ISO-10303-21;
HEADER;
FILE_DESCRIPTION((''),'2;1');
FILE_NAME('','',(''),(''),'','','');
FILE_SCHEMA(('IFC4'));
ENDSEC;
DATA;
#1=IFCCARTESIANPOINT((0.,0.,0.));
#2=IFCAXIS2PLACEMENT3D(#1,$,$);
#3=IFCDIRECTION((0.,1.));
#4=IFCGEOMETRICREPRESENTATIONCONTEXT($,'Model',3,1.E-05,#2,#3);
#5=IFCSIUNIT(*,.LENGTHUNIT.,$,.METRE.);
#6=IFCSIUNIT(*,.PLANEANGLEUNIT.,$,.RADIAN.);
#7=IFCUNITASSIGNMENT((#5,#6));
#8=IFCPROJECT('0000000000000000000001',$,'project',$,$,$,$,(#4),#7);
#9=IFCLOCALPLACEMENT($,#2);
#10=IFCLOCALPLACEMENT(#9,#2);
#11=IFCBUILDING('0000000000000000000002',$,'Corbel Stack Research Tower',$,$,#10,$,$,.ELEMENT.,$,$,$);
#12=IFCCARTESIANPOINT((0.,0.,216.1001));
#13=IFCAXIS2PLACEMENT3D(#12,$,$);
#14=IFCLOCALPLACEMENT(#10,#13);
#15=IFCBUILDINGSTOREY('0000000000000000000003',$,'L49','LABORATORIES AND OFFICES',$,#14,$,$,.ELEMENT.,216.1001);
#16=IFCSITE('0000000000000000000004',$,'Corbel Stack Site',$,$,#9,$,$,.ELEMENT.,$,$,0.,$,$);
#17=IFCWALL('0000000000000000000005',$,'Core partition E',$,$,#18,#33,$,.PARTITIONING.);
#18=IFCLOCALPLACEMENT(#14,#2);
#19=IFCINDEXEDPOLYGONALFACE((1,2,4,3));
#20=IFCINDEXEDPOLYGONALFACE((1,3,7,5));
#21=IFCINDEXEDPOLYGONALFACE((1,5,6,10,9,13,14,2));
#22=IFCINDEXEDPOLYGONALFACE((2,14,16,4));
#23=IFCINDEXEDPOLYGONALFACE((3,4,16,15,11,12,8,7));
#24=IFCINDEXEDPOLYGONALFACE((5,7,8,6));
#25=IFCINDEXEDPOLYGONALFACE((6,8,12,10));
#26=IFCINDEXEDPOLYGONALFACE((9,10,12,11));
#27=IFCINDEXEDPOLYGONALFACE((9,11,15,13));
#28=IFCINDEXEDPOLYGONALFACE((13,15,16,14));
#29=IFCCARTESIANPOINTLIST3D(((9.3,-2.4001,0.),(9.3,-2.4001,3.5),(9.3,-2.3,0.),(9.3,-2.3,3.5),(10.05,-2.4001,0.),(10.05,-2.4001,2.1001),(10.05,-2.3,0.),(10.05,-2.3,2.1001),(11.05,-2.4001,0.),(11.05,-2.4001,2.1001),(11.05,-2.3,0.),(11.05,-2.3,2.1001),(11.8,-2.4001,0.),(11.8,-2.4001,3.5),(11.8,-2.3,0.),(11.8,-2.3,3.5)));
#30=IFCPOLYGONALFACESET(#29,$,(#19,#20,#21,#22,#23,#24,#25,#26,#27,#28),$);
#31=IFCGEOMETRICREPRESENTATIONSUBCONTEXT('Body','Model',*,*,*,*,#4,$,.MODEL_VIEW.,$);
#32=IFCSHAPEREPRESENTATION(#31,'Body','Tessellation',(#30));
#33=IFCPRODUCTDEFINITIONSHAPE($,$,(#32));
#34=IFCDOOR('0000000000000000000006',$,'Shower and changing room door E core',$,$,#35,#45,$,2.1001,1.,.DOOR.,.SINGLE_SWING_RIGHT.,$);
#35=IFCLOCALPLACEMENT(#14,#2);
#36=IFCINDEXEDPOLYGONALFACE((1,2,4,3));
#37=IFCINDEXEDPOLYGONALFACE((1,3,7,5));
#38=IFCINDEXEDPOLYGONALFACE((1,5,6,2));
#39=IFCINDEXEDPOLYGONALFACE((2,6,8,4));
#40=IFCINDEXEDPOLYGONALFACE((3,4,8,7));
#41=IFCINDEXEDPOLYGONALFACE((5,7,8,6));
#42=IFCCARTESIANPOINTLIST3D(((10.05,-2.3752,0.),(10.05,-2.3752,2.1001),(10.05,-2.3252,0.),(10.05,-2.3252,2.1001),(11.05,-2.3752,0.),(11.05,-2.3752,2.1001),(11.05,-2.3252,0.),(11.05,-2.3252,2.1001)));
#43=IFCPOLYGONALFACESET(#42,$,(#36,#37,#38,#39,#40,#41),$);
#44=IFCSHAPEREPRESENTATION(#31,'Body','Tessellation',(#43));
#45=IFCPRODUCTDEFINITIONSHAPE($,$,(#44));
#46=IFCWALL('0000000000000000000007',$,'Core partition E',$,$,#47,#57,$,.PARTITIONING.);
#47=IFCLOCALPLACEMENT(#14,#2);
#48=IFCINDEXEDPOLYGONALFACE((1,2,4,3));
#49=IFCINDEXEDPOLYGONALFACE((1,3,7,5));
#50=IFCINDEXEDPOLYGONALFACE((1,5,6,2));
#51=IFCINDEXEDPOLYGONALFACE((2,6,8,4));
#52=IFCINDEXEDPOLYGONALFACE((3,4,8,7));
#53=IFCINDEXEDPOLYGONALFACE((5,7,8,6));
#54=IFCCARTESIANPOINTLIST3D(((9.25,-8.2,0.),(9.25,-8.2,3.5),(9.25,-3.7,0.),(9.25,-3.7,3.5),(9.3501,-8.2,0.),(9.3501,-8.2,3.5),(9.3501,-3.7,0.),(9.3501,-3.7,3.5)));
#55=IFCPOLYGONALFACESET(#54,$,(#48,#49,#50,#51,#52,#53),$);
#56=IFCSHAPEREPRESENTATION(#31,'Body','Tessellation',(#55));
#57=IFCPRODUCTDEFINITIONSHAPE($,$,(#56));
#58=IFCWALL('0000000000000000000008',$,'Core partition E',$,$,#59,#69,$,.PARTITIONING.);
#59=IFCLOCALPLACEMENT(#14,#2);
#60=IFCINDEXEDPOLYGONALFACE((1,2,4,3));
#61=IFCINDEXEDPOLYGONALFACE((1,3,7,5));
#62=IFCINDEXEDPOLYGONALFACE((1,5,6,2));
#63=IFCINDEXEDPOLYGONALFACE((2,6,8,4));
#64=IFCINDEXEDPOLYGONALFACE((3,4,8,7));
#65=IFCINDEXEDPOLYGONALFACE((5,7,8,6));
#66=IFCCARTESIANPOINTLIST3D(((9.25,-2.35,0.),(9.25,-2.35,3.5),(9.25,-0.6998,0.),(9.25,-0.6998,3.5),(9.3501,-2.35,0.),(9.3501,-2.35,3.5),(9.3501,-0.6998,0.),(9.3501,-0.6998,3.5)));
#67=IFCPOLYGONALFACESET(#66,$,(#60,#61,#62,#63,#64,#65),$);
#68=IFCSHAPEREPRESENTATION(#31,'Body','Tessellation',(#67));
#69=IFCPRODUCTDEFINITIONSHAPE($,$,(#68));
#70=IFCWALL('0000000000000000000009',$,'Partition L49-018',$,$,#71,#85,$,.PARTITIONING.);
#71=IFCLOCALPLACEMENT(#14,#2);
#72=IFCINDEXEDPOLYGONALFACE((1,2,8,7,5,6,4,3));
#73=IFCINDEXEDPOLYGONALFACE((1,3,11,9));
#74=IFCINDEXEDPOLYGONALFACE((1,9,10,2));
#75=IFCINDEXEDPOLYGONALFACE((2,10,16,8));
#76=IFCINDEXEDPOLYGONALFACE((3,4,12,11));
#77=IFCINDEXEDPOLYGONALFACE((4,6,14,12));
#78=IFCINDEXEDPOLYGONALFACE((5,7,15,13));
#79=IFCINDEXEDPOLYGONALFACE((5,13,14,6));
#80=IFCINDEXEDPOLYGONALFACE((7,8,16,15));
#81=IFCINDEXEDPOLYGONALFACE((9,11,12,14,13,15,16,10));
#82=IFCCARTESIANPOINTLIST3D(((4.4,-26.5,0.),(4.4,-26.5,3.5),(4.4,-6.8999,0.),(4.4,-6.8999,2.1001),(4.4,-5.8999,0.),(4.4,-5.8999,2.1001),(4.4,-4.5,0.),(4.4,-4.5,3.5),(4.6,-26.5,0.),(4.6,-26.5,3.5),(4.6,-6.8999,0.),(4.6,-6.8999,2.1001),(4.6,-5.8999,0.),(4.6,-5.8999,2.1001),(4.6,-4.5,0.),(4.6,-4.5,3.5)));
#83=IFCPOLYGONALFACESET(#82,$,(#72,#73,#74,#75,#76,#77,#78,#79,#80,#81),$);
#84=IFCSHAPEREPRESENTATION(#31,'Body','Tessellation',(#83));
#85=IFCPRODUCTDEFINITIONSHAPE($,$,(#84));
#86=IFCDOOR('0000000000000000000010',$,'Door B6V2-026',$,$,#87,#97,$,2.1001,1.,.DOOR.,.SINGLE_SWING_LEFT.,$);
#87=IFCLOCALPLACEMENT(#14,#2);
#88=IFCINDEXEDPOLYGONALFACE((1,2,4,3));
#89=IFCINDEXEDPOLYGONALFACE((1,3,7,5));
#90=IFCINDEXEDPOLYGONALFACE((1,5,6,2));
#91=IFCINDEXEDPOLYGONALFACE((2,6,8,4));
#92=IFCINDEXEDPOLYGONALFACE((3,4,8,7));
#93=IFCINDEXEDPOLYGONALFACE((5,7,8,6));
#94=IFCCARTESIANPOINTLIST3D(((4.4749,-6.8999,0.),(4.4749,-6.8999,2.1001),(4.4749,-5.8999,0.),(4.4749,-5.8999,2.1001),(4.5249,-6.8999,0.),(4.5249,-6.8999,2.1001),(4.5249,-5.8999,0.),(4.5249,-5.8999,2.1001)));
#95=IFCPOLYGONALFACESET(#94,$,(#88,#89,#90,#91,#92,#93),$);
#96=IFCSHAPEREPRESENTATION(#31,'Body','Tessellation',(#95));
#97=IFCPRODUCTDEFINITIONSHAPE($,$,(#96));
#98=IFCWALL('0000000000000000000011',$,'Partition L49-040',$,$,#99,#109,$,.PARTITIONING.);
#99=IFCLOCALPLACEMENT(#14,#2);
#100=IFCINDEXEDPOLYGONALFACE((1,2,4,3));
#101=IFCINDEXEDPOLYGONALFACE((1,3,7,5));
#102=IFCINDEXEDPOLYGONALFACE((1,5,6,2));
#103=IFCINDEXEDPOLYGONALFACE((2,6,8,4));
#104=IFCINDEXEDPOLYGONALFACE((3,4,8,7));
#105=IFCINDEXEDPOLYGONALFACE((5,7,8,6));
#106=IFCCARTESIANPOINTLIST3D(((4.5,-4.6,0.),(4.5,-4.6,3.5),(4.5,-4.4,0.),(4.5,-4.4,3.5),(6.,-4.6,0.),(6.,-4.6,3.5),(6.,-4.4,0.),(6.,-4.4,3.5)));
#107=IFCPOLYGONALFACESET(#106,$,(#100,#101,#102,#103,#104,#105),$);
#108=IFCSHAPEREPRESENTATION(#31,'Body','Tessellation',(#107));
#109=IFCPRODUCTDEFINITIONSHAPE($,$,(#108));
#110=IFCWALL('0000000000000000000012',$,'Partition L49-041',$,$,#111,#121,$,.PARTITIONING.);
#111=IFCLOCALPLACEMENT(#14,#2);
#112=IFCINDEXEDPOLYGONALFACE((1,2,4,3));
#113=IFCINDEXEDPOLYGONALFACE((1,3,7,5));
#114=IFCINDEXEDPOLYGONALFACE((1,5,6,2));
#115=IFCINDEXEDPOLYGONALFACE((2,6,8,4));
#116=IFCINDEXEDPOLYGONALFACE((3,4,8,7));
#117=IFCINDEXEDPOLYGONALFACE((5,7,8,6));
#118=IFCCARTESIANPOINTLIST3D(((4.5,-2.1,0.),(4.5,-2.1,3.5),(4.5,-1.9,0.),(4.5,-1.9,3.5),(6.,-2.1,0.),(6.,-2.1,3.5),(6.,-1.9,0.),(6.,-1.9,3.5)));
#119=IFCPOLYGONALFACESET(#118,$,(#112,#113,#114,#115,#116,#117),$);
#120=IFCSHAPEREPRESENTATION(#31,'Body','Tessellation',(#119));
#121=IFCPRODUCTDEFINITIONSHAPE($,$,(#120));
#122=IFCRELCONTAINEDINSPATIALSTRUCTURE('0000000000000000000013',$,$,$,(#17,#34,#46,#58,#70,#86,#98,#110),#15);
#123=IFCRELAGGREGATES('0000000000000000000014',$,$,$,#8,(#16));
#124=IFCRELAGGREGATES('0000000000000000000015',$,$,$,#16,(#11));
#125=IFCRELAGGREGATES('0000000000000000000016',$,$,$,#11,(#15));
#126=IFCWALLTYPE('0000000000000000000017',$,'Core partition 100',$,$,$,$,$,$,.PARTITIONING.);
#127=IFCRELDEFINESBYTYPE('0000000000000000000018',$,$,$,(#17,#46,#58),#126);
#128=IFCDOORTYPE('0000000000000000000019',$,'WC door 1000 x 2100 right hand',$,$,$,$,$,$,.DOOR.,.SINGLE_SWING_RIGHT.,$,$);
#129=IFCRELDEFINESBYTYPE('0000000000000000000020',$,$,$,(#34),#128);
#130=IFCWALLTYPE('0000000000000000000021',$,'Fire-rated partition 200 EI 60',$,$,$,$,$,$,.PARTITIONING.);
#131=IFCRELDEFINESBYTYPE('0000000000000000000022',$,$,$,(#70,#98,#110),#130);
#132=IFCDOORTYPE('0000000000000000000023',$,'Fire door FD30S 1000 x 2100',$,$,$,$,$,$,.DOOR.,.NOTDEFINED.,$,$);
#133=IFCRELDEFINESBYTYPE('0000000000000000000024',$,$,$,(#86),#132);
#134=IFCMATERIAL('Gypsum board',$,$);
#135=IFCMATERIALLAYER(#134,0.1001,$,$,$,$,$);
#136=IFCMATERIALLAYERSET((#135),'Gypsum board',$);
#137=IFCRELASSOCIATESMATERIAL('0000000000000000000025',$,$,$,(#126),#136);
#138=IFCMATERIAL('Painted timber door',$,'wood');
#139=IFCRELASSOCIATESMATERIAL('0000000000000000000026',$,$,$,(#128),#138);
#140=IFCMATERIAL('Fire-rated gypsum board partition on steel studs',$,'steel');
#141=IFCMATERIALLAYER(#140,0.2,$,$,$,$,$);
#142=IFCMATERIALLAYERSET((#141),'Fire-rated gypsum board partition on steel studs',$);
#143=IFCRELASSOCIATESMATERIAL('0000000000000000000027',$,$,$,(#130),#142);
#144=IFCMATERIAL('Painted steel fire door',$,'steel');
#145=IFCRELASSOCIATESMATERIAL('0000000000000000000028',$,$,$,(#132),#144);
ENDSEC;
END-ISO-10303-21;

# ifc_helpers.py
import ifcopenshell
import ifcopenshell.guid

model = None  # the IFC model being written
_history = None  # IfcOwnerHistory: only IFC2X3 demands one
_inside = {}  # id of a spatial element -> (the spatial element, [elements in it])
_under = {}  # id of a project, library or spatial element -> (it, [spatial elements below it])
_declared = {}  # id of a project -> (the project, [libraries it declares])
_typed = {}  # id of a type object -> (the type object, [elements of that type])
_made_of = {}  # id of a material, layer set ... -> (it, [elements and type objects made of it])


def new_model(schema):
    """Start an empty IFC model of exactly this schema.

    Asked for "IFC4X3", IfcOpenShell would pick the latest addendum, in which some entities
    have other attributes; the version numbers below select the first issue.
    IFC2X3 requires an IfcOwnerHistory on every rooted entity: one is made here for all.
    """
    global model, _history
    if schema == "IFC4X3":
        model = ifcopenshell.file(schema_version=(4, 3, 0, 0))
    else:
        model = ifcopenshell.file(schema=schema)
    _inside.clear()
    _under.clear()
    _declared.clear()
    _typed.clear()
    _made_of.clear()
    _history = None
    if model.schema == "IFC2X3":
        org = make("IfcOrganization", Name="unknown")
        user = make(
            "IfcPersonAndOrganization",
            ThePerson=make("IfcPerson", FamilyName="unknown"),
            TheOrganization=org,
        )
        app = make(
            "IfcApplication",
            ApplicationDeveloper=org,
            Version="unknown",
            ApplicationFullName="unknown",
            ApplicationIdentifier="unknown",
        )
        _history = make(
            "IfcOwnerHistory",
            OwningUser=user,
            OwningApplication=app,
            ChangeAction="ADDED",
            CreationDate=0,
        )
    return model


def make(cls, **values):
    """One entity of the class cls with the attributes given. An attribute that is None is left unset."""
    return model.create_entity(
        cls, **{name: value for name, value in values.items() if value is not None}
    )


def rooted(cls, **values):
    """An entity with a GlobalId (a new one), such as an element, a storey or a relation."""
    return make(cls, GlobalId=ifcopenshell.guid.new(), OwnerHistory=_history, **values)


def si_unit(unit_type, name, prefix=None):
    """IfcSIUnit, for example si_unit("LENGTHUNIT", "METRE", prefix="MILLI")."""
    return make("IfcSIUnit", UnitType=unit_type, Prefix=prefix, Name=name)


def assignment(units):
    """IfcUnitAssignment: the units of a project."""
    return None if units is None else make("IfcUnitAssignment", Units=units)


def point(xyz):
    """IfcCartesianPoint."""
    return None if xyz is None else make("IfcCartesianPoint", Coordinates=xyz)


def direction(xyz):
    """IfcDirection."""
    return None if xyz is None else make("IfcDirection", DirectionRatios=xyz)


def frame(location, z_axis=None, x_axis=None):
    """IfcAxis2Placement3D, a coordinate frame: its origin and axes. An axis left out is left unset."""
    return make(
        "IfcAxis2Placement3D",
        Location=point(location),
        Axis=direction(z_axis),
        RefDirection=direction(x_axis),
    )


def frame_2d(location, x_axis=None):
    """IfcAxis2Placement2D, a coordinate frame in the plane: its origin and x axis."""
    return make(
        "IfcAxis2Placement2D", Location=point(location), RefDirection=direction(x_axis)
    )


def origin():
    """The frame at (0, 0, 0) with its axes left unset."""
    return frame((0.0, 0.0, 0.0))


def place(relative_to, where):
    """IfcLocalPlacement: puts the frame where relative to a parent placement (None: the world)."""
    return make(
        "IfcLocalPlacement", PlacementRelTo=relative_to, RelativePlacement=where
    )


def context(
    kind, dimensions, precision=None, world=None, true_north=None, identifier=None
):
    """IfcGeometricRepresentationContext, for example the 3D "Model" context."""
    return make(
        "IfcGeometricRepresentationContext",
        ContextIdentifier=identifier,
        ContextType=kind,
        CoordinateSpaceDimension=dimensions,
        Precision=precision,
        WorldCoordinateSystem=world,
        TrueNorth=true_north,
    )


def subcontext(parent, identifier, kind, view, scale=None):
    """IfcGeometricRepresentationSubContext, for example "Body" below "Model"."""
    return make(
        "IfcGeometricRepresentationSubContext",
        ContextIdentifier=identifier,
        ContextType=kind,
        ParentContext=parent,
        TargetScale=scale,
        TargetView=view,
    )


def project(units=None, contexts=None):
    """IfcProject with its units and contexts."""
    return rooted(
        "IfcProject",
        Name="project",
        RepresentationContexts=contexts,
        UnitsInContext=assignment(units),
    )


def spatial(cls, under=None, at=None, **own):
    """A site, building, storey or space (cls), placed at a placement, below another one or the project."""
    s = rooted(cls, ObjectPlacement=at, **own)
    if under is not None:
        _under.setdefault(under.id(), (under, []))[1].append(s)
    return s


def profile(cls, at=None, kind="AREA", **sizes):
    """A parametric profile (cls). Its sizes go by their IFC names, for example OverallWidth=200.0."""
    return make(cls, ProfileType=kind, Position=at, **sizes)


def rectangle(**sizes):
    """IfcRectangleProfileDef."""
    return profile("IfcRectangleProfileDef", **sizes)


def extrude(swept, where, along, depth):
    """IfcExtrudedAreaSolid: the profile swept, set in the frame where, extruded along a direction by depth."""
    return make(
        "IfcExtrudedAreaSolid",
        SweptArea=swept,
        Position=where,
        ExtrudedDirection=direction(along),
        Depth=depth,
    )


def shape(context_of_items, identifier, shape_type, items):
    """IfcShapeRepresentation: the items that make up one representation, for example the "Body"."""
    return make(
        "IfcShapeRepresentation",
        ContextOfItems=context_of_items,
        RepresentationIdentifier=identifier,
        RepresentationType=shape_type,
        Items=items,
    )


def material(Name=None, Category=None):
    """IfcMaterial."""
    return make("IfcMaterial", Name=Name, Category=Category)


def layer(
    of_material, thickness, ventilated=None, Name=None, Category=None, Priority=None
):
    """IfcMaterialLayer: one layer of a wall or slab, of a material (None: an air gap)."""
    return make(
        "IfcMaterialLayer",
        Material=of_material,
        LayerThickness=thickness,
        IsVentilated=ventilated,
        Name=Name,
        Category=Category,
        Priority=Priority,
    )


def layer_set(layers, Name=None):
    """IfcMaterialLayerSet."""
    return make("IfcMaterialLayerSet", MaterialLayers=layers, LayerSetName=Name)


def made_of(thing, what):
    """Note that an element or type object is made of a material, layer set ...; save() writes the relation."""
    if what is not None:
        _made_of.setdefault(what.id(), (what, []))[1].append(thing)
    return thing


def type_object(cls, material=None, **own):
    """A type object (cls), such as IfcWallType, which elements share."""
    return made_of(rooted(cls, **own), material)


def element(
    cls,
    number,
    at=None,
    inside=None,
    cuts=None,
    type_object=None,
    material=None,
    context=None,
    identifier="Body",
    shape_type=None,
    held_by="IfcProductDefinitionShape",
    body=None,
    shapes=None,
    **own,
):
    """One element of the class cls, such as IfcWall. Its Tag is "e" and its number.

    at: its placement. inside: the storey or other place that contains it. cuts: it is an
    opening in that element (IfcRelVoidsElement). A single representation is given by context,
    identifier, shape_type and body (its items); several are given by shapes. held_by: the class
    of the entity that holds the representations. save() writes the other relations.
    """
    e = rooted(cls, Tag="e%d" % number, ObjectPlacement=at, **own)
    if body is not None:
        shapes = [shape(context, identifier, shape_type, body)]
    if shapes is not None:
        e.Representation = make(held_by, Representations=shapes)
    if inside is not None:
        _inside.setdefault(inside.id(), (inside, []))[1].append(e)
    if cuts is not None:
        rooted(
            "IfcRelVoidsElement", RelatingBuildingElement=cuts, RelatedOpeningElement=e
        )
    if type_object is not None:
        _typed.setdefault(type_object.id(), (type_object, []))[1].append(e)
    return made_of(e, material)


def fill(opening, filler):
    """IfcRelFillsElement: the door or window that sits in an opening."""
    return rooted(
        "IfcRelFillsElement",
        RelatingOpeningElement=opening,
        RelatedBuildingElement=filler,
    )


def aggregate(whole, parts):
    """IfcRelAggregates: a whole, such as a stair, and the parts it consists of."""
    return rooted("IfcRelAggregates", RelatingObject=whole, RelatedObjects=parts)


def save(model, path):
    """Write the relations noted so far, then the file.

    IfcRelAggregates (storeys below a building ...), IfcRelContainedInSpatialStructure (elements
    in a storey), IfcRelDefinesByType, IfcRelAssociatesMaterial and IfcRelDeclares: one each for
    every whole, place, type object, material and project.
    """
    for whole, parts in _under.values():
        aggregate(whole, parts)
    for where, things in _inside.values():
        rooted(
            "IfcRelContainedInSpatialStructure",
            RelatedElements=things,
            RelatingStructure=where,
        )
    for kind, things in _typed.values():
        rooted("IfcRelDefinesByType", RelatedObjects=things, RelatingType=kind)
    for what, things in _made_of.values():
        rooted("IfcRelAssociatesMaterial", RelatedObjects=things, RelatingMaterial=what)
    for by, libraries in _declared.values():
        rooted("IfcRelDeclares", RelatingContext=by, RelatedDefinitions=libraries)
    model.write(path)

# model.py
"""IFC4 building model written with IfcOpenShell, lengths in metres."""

from ifc_helpers import new_model, si_unit, direction, frame, frame_2d, origin, place, context, subcontext, project, spatial, rectangle, extrude, material, layer, layer_set, type_object, element, fill, save


model = new_model("IFC4")

# Units and contexts
model_context = context("Model", 3, precision=1e-05, world=origin(), true_north=direction((0.0, 1.0)))
body_context = subcontext(model_context, "Body", "Model", "MODEL_VIEW")
ifc_project = project(units=[si_unit("LENGTHUNIT", "METRE"), si_unit("PLANEANGLEUNIT", "RADIAN")], contexts=[model_context])

# Site, building, storey
site_placement = place(None, origin())
site = spatial("IfcSite", under=ifc_project, at=site_placement, Name="Corbel Stack Site", CompositionType="ELEMENT", RefElevation=0.0)
building_placement = place(site_placement, origin())
building = spatial("IfcBuilding", under=site, at=building_placement, Name="Corbel Stack Research Tower", CompositionType="ELEMENT")
storey_placement = place(building_placement, frame((0.0, 0.0, 216.1001)))
storey = spatial("IfcBuildingStorey", under=building, at=storey_placement, Name="L49", Description="LABORATORIES AND OFFICES", CompositionType="ELEMENT", Elevation=216.1001)

# Wall, opening, door
ifc_material_1 = material(Name="Gypsum board")
ifc_layer_1 = layer(ifc_material_1, 0.1001)
ifc_layer_set_1 = layer_set([ifc_layer_1], Name="Gypsum board")
wall_type_1 = type_object("IfcWallType", Name="Core partition 100", PredefinedType="PARTITIONING", material=ifc_layer_set_1)
ifc_material_2 = material(Name="Painted timber door", Category="wood")
door_type_1 = type_object("IfcDoorType", Name="WC door 1000 x 2100 right hand", OperationType="SINGLE_SWING_RIGHT", PredefinedType="DOOR", material=ifc_material_2)
wall_1_placement = place(storey_placement, frame((9.3, -2.3501, 0.0), z_axis=(0.0, 0.0, 1.0), x_axis=(1.0, 0.0, 0.0)))
wall_1 = element("IfcWall", 1, at=wall_1_placement, inside=storey, type_object=wall_type_1, Name="Core partition E", PredefinedType="PARTITIONING", context=body_context, shape_type="SweptSolid", body=[
    extrude(rectangle(XDim=2.5, YDim=0.1001, at=frame_2d((1.25, 0.0))), origin(), (0.0, 0.0, 1.0), 3.5),
])
opening_1_placement = place(wall_1_placement, frame((0.75, 0.0, 0.0)))
opening_1 = element("IfcOpeningElement", 2, at=opening_1_placement, cuts=wall_1, PredefinedType="OPENING", context=body_context, shape_type="SweptSolid", body=[
    extrude(rectangle(XDim=1.0, YDim=2.1001, at=frame_2d((0.5, 1.05))), frame((0.0, 0.0601, 0.0), z_axis=(0.0, -1.0, 0.0), x_axis=(1.0, 0.0, 0.0)), (0.0, 0.0, 1.0), 0.1201),
])
door_1_placement = place(opening_1_placement, origin())
door_1 = element("IfcDoor", 3, at=door_1_placement, inside=storey, type_object=door_type_1, Name="Shower and changing room door E core", OperationType="SINGLE_SWING_RIGHT", OverallHeight=2.1001, OverallWidth=1.0, PredefinedType="DOOR", context=body_context, shape_type="SweptSolid", body=[
    extrude(rectangle(XDim=1.0, YDim=2.1001, at=frame_2d((0.5, 1.05))), frame((0.0, 0.0249, 0.0), z_axis=(0.0, -1.0, 0.0), x_axis=(1.0, 0.0, 0.0)), (0.0, 0.0, 1.0), 0.05),
])
fill(opening_1, door_1)

# Walls
wall_2_placement = place(storey_placement, frame((9.3, -8.2, 0.0), z_axis=(0.0, 0.0, 1.0), x_axis=(0.0, 1.0, 0.0)))
element("IfcWall", 4, at=wall_2_placement, inside=storey, type_object=wall_type_1, Name="Core partition E", PredefinedType="PARTITIONING", context=body_context, shape_type="SweptSolid", body=[
    extrude(rectangle(XDim=4.5, YDim=0.1001, at=frame_2d((2.25, 0.0))), origin(), (0.0, 0.0, 1.0), 3.5),
])
wall_3_placement = place(storey_placement, frame((9.3, -2.3501, 0.0), z_axis=(0.0, 0.0, 1.0), x_axis=(0.0, 1.0, 0.0)))
element("IfcWall", 5, at=wall_3_placement, inside=storey, type_object=wall_type_1, Name="Core partition E", PredefinedType="PARTITIONING", context=body_context, shape_type="SweptSolid", body=[
    extrude(rectangle(XDim=1.6501, YDim=0.1001, at=frame_2d((0.8252, 0.0))), origin(), (0.0, 0.0, 1.0), 3.5),
])

# Wall, opening, door
ifc_material_3 = material(Name="Fire-rated gypsum board partition on steel studs", Category="steel")
ifc_layer_2 = layer(ifc_material_3, 0.2)
ifc_layer_set_2 = layer_set([ifc_layer_2], Name="Fire-rated gypsum board partition on steel studs")
wall_type_2 = type_object("IfcWallType", Name="Fire-rated partition 200 EI 60", PredefinedType="PARTITIONING", material=ifc_layer_set_2)
wall_4_placement = place(storey_placement, frame((4.5, -4.5, 0.0), z_axis=(0.0, 0.0, 1.0), x_axis=(0.0, -1.0, 0.0)))
wall_4 = element("IfcWall", 6, at=wall_4_placement, inside=storey, type_object=wall_type_2, Name="Partition L49-018", PredefinedType="PARTITIONING", context=body_context, shape_type="SweptSolid", body=[
    extrude(rectangle(XDim=22.0, YDim=0.2, at=frame_2d((11.0, 0.0))), origin(), (0.0, 0.0, 1.0), 3.5),
])
opening_2_placement = place(wall_4_placement, frame((1.3999, 0.0, 0.0)))
opening_2 = element("IfcOpeningElement", 7, at=opening_2_placement, cuts=wall_4, PredefinedType="OPENING", context=body_context, shape_type="SweptSolid", body=[
    extrude(rectangle(XDim=1.0, YDim=2.1001, at=frame_2d((0.5, 1.05))), frame((0.0, 0.1099, 0.0), z_axis=(0.0, -1.0, 0.0), x_axis=(1.0, 0.0, 0.0)), (0.0, 0.0, 1.0), 0.22),
])
ifc_material_4 = material(Name="Painted steel fire door", Category="steel")
door_type_2 = type_object("IfcDoorType", Name="Fire door FD30S 1000 x 2100", OperationType="NOTDEFINED", PredefinedType="DOOR", material=ifc_material_4)
door_2_placement = place(opening_2_placement, origin())
door_2 = element("IfcDoor", 8, at=door_2_placement, inside=storey, type_object=door_type_2, Name="Door B6V2-026", OperationType="SINGLE_SWING_LEFT", OverallHeight=2.1001, OverallWidth=1.0, PredefinedType="DOOR", context=body_context, shape_type="SweptSolid", body=[
    extrude(rectangle(XDim=1.0, YDim=2.1001, at=frame_2d((0.5, 1.05))), frame((0.0, 0.0249, 0.0), z_axis=(0.0, -1.0, 0.0), x_axis=(1.0, 0.0, 0.0)), (0.0, 0.0, 1.0), 0.05),
])
fill(opening_2, door_2)

# Walls
for number, where, z_axis, x_axis, name in (
    (9, (4.5, -4.5, 0.0), (0.0, 0.0, 1.0), (1.0, 0.0, 0.0), "Partition L49-040"),
    (10, (4.5, -2.0, 0.0), (0.0, 0.0, 1.0), (1.0, 0.0, 0.0), "Partition L49-041"),
):
    element("IfcWall", number, at=place(storey_placement, frame(where, z_axis=z_axis, x_axis=x_axis)), inside=storey, type_object=wall_type_2, Name=name, PredefinedType="PARTITIONING", context=body_context, shape_type="SweptSolid", body=[
        extrude(rectangle(XDim=1.5, YDim=0.2, at=frame_2d((0.75, 0.0))), origin(), (0.0, 0.0, 1.0), 3.5),
    ])

save(model, "model.ifc")
